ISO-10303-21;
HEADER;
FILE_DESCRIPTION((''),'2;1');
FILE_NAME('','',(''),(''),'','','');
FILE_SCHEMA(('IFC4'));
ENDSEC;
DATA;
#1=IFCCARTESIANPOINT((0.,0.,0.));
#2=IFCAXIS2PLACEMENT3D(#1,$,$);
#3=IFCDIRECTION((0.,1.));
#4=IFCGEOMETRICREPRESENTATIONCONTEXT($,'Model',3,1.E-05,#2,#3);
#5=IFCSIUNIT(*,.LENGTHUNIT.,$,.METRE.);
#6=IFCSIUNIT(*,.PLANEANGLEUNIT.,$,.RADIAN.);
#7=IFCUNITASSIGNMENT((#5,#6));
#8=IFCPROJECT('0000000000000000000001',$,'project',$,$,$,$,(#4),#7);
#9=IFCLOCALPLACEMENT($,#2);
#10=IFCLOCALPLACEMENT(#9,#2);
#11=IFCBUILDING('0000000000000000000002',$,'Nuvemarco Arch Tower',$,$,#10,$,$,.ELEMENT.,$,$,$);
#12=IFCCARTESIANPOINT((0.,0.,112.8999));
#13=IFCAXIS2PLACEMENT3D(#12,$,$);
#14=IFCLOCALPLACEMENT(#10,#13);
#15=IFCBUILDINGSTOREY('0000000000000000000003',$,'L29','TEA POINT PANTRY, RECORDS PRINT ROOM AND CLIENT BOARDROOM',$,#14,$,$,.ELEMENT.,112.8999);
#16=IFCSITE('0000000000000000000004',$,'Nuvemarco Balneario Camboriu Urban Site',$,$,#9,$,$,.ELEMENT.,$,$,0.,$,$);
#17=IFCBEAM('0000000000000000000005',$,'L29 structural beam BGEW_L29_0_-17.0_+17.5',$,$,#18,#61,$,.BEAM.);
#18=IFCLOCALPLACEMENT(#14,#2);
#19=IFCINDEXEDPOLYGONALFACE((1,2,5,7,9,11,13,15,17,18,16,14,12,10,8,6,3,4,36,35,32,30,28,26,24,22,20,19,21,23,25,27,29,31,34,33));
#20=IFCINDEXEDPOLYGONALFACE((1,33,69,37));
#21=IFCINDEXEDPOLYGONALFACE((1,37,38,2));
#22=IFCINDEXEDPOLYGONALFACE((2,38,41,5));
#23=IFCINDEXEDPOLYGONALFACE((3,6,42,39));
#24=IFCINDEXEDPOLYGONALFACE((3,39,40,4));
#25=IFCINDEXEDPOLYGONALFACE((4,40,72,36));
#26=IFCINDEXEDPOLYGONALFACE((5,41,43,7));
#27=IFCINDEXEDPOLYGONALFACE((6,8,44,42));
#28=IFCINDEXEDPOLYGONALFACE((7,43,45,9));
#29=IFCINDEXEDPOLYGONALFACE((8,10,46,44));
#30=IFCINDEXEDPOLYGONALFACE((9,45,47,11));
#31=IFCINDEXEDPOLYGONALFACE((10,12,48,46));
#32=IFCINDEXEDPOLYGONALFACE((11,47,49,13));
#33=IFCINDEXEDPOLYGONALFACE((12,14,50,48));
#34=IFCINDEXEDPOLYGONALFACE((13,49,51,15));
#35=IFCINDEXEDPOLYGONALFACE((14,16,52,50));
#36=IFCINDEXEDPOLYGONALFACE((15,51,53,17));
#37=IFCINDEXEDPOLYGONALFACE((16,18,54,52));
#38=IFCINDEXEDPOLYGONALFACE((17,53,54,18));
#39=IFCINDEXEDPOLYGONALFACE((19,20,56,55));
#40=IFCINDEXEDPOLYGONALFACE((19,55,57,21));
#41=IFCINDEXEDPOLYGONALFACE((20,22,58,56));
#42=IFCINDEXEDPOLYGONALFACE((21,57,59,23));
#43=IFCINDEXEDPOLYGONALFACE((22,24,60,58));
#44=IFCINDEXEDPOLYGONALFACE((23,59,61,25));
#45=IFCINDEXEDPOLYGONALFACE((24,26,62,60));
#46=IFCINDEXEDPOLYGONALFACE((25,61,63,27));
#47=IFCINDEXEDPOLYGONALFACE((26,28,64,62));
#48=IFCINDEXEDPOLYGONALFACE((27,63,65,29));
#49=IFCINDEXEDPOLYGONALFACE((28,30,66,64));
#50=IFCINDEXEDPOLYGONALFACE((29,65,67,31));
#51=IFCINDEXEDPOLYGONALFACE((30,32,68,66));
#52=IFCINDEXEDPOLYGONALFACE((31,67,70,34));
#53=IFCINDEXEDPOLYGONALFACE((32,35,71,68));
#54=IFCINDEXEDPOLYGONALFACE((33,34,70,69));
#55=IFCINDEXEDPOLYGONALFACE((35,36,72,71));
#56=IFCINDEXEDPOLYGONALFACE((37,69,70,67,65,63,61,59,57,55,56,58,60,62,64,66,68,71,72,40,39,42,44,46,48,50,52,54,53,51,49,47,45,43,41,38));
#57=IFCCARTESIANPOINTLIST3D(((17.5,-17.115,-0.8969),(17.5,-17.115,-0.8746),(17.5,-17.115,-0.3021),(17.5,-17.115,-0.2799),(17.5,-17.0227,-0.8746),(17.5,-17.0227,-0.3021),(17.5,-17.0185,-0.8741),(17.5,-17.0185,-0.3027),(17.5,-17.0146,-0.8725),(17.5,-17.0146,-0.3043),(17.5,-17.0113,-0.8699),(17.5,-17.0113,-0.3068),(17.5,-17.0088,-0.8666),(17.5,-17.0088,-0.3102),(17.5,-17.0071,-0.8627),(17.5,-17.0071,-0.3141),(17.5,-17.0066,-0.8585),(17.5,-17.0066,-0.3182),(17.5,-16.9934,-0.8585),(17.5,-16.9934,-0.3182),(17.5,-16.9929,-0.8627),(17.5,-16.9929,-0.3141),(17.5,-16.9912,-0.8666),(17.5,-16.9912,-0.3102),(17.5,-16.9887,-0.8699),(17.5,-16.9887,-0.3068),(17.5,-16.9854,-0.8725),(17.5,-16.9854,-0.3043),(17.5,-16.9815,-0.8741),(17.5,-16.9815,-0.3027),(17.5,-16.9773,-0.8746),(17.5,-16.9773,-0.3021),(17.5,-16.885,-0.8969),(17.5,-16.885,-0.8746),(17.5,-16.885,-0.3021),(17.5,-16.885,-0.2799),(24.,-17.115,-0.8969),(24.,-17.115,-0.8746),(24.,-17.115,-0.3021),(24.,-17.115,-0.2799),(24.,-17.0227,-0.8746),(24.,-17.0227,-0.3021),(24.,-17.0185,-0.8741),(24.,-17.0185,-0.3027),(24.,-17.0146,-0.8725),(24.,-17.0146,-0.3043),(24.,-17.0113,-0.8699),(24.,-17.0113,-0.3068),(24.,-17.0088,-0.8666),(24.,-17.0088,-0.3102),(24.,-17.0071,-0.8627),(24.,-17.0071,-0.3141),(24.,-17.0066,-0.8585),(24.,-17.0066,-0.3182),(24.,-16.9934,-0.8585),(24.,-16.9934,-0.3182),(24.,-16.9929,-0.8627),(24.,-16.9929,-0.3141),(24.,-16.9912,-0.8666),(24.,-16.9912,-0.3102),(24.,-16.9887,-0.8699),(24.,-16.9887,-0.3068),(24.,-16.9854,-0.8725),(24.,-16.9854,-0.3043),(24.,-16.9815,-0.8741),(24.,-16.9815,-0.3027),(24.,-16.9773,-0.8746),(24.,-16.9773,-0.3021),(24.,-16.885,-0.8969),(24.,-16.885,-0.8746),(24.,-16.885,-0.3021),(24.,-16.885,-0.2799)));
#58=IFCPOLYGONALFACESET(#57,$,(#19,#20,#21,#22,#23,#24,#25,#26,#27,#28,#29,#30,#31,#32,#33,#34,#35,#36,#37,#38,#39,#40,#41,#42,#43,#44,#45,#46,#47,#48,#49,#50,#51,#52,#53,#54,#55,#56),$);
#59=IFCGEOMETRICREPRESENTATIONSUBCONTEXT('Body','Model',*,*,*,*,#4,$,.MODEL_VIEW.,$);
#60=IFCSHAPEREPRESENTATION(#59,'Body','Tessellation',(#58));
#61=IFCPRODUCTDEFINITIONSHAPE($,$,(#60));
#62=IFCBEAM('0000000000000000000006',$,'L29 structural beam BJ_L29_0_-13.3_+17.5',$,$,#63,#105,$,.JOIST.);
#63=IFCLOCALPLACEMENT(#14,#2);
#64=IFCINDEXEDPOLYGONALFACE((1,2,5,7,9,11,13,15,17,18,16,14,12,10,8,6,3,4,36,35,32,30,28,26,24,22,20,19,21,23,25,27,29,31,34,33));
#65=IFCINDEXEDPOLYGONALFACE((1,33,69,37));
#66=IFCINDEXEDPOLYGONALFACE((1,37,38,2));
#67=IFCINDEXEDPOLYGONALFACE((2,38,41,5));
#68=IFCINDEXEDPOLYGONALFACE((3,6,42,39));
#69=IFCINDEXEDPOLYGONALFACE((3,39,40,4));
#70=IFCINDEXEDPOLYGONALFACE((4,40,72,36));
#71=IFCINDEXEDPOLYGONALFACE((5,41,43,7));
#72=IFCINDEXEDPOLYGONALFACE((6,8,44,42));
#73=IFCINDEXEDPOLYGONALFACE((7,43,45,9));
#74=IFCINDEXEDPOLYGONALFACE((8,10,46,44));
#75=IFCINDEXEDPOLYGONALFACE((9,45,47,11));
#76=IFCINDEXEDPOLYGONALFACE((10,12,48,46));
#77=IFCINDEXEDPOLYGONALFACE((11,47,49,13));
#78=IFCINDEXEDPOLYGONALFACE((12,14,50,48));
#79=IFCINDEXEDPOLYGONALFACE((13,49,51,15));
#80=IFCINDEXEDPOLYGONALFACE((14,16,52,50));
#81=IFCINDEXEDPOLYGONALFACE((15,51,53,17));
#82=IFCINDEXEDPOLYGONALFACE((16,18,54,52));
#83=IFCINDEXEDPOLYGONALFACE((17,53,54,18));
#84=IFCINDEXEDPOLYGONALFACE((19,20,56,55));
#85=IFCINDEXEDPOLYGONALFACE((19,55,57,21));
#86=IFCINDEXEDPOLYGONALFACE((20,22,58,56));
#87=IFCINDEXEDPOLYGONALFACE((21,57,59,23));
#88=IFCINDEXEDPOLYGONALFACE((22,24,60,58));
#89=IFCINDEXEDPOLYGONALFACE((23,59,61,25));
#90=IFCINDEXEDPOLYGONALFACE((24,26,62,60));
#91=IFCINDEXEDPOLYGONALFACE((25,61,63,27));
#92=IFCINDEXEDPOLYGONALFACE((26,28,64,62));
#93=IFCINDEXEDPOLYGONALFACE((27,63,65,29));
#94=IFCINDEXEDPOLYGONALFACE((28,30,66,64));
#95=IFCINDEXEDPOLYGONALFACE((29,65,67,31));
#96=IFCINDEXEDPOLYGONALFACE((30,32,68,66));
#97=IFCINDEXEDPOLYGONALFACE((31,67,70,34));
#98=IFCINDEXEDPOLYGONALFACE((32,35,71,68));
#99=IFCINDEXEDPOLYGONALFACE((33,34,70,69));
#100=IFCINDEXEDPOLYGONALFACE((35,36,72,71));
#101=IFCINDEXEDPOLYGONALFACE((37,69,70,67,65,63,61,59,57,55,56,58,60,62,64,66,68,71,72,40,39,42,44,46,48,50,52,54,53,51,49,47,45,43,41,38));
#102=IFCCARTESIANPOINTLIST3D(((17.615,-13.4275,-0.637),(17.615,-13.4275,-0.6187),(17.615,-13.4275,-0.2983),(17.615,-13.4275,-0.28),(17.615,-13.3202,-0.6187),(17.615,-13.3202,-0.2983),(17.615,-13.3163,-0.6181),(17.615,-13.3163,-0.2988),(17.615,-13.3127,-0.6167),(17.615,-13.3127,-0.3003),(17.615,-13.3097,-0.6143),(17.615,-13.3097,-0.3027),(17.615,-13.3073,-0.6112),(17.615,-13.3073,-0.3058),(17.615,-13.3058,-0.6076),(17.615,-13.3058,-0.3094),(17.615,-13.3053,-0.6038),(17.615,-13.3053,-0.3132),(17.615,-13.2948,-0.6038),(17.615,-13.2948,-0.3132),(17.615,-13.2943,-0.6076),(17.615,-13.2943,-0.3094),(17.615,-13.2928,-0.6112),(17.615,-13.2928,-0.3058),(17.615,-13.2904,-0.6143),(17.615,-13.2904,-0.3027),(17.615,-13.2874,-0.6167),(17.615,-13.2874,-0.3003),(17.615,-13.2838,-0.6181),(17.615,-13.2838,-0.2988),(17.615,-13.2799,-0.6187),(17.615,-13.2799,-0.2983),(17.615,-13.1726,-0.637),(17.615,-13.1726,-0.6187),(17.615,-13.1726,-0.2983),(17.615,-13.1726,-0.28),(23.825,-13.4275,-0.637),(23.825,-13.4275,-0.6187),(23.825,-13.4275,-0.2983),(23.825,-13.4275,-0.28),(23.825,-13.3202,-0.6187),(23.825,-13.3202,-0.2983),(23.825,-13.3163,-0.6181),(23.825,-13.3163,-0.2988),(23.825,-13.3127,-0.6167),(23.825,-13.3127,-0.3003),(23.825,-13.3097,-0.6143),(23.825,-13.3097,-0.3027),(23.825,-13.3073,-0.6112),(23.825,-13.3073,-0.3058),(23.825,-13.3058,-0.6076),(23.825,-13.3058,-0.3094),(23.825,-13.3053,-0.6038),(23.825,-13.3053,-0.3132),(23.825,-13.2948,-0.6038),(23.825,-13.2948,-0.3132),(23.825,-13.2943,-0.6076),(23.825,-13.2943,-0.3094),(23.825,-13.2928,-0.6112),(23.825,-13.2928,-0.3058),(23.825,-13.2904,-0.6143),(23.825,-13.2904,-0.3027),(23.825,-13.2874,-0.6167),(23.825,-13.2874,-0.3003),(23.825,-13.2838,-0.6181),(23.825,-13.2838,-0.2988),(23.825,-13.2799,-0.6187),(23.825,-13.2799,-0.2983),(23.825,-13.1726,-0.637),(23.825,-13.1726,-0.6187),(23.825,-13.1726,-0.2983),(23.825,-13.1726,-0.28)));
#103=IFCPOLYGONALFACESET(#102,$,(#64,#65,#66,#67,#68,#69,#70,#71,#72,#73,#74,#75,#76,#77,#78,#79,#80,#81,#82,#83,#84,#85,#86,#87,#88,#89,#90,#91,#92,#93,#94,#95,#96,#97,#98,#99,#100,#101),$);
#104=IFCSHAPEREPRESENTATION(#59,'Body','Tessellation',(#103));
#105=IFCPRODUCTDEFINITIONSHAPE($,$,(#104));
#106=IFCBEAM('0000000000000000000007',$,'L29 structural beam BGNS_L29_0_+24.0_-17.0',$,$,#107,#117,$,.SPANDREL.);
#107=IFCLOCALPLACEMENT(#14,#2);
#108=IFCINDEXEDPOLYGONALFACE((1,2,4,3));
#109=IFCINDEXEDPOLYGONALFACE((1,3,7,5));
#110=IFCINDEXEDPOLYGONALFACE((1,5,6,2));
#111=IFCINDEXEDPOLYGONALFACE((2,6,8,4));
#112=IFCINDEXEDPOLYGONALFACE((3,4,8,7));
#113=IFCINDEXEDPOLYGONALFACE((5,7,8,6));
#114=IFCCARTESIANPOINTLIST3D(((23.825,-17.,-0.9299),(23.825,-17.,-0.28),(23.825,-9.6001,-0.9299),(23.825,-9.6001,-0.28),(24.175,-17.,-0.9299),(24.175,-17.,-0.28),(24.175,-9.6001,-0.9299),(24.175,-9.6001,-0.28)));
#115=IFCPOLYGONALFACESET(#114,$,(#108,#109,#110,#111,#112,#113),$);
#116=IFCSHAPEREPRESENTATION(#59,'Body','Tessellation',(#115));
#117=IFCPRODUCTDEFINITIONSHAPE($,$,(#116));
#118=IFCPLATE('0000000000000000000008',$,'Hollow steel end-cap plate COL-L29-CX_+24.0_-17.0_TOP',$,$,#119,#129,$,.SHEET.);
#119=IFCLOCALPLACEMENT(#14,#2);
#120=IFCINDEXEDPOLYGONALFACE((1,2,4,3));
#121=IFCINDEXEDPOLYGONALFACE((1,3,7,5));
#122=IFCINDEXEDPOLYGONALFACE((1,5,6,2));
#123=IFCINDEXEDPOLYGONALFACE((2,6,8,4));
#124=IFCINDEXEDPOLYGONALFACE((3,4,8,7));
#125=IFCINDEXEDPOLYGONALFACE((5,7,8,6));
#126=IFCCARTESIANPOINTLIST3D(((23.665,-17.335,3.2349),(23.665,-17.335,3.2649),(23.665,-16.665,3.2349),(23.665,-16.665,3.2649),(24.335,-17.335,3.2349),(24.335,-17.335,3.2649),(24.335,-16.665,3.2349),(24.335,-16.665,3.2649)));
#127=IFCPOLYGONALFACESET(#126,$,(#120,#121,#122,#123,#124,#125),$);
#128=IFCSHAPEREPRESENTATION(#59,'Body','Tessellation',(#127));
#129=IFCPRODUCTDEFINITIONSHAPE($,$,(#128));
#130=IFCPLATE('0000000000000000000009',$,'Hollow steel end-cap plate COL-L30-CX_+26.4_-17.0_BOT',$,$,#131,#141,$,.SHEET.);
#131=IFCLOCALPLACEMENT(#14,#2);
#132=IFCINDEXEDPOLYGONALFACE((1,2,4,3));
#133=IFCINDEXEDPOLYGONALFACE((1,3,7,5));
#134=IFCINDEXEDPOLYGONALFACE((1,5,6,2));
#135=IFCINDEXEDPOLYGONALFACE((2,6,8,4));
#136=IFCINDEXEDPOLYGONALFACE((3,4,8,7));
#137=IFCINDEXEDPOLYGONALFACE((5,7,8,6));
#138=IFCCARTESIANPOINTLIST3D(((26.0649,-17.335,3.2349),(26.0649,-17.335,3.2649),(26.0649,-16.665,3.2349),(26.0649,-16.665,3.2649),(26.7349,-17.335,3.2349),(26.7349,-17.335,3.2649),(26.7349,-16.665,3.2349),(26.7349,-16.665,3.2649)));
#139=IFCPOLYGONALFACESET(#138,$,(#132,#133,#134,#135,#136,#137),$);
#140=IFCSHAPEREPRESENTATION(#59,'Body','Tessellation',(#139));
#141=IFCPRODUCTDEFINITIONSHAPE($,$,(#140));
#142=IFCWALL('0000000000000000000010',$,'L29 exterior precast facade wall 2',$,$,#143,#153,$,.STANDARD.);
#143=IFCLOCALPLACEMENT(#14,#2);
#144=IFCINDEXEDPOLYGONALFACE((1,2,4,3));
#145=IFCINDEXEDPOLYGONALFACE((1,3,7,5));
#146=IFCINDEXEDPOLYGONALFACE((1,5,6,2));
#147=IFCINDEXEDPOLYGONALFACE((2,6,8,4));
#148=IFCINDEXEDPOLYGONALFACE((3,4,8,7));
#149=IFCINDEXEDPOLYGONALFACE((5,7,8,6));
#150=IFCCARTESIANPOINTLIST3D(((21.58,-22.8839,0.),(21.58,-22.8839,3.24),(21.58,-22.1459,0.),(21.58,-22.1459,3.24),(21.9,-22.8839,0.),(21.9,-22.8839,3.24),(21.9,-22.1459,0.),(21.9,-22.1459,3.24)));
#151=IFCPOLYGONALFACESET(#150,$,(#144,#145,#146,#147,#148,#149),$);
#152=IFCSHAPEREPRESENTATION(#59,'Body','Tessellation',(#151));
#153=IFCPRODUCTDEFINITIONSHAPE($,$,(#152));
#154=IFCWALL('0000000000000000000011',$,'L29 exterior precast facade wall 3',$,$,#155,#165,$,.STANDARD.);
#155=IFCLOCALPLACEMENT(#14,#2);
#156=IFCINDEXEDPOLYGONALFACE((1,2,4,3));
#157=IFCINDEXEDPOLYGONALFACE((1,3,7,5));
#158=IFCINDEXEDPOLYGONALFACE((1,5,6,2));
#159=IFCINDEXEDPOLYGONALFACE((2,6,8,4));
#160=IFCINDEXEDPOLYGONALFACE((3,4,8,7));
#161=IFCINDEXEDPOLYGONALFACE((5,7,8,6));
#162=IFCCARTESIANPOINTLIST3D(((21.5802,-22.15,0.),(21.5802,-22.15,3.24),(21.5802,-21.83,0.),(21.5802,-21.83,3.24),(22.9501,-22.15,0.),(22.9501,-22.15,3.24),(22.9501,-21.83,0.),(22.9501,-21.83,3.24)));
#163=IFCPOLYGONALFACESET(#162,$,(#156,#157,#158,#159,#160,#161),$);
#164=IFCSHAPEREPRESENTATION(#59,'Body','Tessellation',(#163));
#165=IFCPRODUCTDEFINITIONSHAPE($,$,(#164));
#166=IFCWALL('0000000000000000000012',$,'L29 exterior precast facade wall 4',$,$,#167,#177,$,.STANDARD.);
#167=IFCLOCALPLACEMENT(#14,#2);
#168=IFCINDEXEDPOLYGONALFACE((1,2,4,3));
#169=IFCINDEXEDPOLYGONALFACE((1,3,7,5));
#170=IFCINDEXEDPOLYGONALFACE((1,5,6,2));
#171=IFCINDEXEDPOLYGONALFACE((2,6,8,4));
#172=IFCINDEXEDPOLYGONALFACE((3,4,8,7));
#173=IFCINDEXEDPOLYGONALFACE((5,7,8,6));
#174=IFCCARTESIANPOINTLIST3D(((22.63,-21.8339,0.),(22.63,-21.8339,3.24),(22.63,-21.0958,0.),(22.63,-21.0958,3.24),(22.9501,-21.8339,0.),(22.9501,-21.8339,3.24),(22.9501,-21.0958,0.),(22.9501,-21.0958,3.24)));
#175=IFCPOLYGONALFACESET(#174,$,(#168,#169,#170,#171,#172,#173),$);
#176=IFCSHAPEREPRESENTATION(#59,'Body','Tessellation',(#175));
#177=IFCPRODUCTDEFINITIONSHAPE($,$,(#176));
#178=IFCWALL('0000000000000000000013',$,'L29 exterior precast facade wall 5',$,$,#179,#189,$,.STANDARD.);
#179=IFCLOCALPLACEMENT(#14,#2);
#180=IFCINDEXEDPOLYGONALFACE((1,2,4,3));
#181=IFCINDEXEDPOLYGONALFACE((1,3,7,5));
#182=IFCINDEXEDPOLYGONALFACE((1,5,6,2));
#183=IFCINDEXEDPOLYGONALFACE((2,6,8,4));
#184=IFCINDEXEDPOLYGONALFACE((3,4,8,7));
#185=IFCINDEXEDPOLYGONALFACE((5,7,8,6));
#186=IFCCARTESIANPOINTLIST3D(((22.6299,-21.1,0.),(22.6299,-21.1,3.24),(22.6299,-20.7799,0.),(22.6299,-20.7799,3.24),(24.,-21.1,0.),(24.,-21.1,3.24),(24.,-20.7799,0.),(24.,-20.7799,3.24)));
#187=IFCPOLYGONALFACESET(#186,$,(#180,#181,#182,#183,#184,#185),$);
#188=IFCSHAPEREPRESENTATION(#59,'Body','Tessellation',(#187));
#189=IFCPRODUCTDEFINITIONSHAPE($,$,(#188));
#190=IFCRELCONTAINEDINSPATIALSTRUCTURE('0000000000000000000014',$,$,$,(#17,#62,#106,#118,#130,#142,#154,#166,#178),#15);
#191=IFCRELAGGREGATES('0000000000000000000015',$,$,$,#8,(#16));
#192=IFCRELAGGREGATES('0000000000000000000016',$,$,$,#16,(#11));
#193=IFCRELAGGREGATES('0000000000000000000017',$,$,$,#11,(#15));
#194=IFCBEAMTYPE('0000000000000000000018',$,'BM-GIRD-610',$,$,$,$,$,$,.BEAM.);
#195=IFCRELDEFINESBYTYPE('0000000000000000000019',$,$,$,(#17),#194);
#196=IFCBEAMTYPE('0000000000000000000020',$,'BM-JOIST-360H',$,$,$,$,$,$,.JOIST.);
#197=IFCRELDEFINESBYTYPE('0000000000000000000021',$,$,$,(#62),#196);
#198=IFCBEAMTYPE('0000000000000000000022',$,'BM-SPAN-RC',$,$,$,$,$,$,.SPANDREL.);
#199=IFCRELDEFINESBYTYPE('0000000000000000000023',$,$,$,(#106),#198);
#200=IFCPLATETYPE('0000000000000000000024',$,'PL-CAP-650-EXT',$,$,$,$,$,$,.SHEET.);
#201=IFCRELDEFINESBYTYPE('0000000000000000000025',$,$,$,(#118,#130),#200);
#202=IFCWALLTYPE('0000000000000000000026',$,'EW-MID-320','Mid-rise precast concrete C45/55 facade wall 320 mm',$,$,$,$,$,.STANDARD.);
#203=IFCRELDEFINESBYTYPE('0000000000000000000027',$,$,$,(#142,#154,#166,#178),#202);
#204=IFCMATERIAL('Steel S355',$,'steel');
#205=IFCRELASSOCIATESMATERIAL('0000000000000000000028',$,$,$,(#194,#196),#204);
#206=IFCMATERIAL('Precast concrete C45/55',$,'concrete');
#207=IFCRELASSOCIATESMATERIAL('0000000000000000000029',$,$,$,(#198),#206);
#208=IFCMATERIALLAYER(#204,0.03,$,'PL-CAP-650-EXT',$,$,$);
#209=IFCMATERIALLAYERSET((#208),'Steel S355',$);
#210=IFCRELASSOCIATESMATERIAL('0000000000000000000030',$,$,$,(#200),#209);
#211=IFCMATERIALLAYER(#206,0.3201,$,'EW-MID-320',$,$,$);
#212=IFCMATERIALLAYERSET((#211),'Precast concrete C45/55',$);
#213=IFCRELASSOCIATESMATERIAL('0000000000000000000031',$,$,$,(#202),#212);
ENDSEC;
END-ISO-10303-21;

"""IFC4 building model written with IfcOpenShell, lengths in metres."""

from ifc_helpers import new_model, si_unit, direction, frame, frame_2d, origin, origin_2d, place, context, subcontext, project, spatial, rectangle, i_section, extrude, source, transform, mapped, material, layer, layer_set, material_profile, profile_set, type_object, type_shapes, element, save


model = new_model("IFC4")

# Units and contexts
model_context = context("Model", 3, precision=1e-05, world=origin(), true_north=direction((0.0, 1.0)))
body_context = subcontext(model_context, "Body", "Model", "MODEL_VIEW")
ifc_project = project(units=[si_unit("LENGTHUNIT", "METRE"), si_unit("PLANEANGLEUNIT", "RADIAN")], contexts=[model_context])

# Site, building, storey
site_placement = place(None, origin())
site = spatial("IfcSite", under=ifc_project, at=site_placement, Name="Nuvemarco Balneario Camboriu Urban Site", CompositionType="ELEMENT", RefElevation=0.0)
building_placement = place(site_placement, origin())
building = spatial("IfcBuilding", under=site, at=building_placement, Name="Nuvemarco Arch Tower", CompositionType="ELEMENT")
storey_placement = place(building_placement, frame((0.0, 0.0, 112.8999)))
storey = spatial("IfcBuildingStorey", under=building, at=storey_placement, Name="L29", Description="TEA POINT PANTRY, RECORDS PRINT ROOM AND CLIENT BOARDROOM", CompositionType="ELEMENT", Elevation=112.8999)

# Shared definitions
ifc_material_1 = material(Name="Steel S355", Category="steel")

# Beams
ifc_material_profile_1 = material_profile(ifc_material_1, i_section(OverallWidth=0.23, OverallDepth=0.6169, WebThickness=0.0132, FlangeThickness=0.0222, FilletRadius=0.0161, at=origin_2d()), Name="W610x140")
ifc_profile_set_1 = profile_set([ifc_material_profile_1], Name="Steel S355")
beam_type_1 = type_object("IfcBeamType", Name="BM-GIRD-610", PredefinedType="BEAM", material=ifc_profile_set_1)
beam_1_placement = place(storey_placement, frame((17.5, -17.0, -0.5884), z_axis=(1.0, 0.0, 0.0), x_axis=(0.0, 1.0, 0.0)))
element("IfcBeam", 1, at=beam_1_placement, inside=storey, type_object=beam_type_1, Name="L29 structural beam BGEW_L29_0_-17.0_+17.5", PredefinedType="BEAM", context=body_context, shape_type="SweptSolid", body=[
    extrude(i_section(OverallWidth=0.23, OverallDepth=0.6169, WebThickness=0.0132, FlangeThickness=0.0222, FilletRadius=0.0161, at=origin_2d()), origin(), (0.0, 0.0, 1.0), 6.5),
])
ifc_material_profile_2 = material_profile(ifc_material_1, i_section(OverallWidth=0.2549, OverallDepth=0.3569, WebThickness=0.0105, FlangeThickness=0.0183, FilletRadius=0.0149, at=origin_2d()), Name="W360x101")
ifc_profile_set_2 = profile_set([ifc_material_profile_2], Name="Steel S355")
beam_type_2 = type_object("IfcBeamType", Name="BM-JOIST-360H", PredefinedType="JOIST", material=ifc_profile_set_2)
beam_2_placement = place(storey_placement, frame((17.615, -13.3, -0.4585), z_axis=(1.0, 0.0, 0.0), x_axis=(0.0, 1.0, 0.0)))
element("IfcBeam", 2, at=beam_2_placement, inside=storey, type_object=beam_type_2, Name="L29 structural beam BJ_L29_0_-13.3_+17.5", PredefinedType="JOIST", context=body_context, shape_type="SweptSolid", body=[
    extrude(i_section(OverallWidth=0.2549, OverallDepth=0.3569, WebThickness=0.0105, FlangeThickness=0.0183, FilletRadius=0.0149, at=origin_2d()), origin(), (0.0, 0.0, 1.0), 6.21),
])
ifc_material_2 = material(Name="Precast concrete C45/55", Category="concrete")
ifc_material_profile_3 = material_profile(ifc_material_2, rectangle(XDim=0.3501, YDim=0.6499, at=origin_2d()), Name="PC-SP-350x650")
ifc_profile_set_3 = profile_set([ifc_material_profile_3], Name="Precast concrete C45/55")
beam_type_3 = type_object("IfcBeamType", Name="BM-SPAN-RC", PredefinedType="SPANDREL", material=ifc_profile_set_3)
beam_3_placement = place(storey_placement, frame((24.0, -17.0, -0.605), z_axis=(0.0, 1.0, 0.0), x_axis=(-1.0, 0.0, 0.0)))
element("IfcBeam", 3, at=beam_3_placement, inside=storey, type_object=beam_type_3, Name="L29 structural beam BGNS_L29_0_+24.0_-17.0", PredefinedType="SPANDREL", context=body_context, shape_type="SweptSolid", body=[
    extrude(rectangle(XDim=0.3501, YDim=0.6499, at=origin_2d()), origin(), (0.0, 0.0, 1.0), 7.3999),
])

# Plates
ifc_layer_1 = layer(ifc_material_1, 0.03, Name="PL-CAP-650-EXT")
ifc_layer_set_1 = layer_set([ifc_layer_1], Name="Steel S355")
plate_type = type_object("IfcPlateType", Name="PL-CAP-650-EXT", PredefinedType="SHEET", material=ifc_layer_set_1)
shared_shape_1 = source(origin(), body_context, "Body", "SweptSolid", [
    extrude(rectangle(XDim=0.6699, YDim=0.6699, at=origin_2d()), origin(), (0.0, 0.0, 1.0), 0.03),
])
type_shapes(plate_type, [shared_shape_1])
for number, where, z_axis, x_axis, name in (
    (4, (24.0, -17.0, 3.2349), (0.0, 0.0, 1.0), (1.0, 0.0, 0.0), "Hollow steel end-cap plate COL-L29-CX_+24.0_-17.0_TOP"),
    (5, (26.3999, -17.0, 3.2349), (0.0, 0.0, 1.0), (1.0, 0.0, 0.0), "Hollow steel end-cap plate COL-L30-CX_+26.4_-17.0_BOT"),
):
    element("IfcPlate", number, at=place(storey_placement, frame(where, z_axis=z_axis, x_axis=x_axis)), inside=storey, type_object=plate_type, Name=name, PredefinedType="SHEET", context=body_context, shape_type="MappedRepresentation", body=[
        mapped(shared_shape_1, transform((0.0, 0.0, 0.0), scale=1.0)),
    ])

# Walls
ifc_layer_2 = layer(ifc_material_2, 0.3201, Name="EW-MID-320")
ifc_layer_set_2 = layer_set([ifc_layer_2], Name="Precast concrete C45/55")
wall_type_1 = type_object("IfcWallType", Name="EW-MID-320", Description="Mid-rise precast concrete C45/55 facade wall 320 mm", PredefinedType="STANDARD", material=ifc_layer_set_2)
wall_1_placement = place(storey_placement, frame((21.74, -22.884, 0.0), z_axis=(0.0, 0.0, 1.0), x_axis=(0.0, 1.0, 0.0)))
element("IfcWall", 6, at=wall_1_placement, inside=storey, type_object=wall_type_1, Name="L29 exterior precast facade wall 2", PredefinedType="STANDARD", context=body_context, shape_type="SweptSolid", body=[
    extrude(rectangle(XDim=0.738, YDim=0.3201, at=frame_2d((0.3691, 0.0))), origin(), (0.0, 0.0, 1.0), 3.24),
])
wall_2_placement = place(storey_placement, frame((21.5801, -21.99, 0.0), z_axis=(0.0, 0.0, 1.0), x_axis=(1.0, 0.0, 0.0)))
element("IfcWall", 7, at=wall_2_placement, inside=storey, type_object=wall_type_1, Name="L29 exterior precast facade wall 3", PredefinedType="STANDARD", context=body_context, shape_type="SweptSolid", body=[
    extrude(rectangle(XDim=1.3699, YDim=0.3201, at=frame_2d((0.6851, 0.0))), origin(), (0.0, 0.0, 1.0), 3.24),
])
wall_3_placement = place(storey_placement, frame((22.79, -21.834, 0.0), z_axis=(0.0, 0.0, 1.0), x_axis=(0.0, 1.0, 0.0)))
element("IfcWall", 8, at=wall_3_placement, inside=storey, type_object=wall_type_1, Name="L29 exterior precast facade wall 4", PredefinedType="STANDARD", context=body_context, shape_type="SweptSolid", body=[
    extrude(rectangle(XDim=0.738, YDim=0.3201, at=frame_2d((0.3691, 0.0))), origin(), (0.0, 0.0, 1.0), 3.24),
])
wall_4_placement = place(storey_placement, frame((22.6299, -20.9399, 0.0), z_axis=(0.0, 0.0, 1.0), x_axis=(1.0, 0.0, 0.0)))
element("IfcWall", 9, at=wall_4_placement, inside=storey, type_object=wall_type_1, Name="L29 exterior precast facade wall 5", PredefinedType="STANDARD", context=body_context, shape_type="SweptSolid", body=[
    extrude(rectangle(XDim=1.3701, YDim=0.3201, at=frame_2d((0.6851, 0.0))), origin(), (0.0, 0.0, 1.0), 3.24),
])

save(model, "model.ifc")
